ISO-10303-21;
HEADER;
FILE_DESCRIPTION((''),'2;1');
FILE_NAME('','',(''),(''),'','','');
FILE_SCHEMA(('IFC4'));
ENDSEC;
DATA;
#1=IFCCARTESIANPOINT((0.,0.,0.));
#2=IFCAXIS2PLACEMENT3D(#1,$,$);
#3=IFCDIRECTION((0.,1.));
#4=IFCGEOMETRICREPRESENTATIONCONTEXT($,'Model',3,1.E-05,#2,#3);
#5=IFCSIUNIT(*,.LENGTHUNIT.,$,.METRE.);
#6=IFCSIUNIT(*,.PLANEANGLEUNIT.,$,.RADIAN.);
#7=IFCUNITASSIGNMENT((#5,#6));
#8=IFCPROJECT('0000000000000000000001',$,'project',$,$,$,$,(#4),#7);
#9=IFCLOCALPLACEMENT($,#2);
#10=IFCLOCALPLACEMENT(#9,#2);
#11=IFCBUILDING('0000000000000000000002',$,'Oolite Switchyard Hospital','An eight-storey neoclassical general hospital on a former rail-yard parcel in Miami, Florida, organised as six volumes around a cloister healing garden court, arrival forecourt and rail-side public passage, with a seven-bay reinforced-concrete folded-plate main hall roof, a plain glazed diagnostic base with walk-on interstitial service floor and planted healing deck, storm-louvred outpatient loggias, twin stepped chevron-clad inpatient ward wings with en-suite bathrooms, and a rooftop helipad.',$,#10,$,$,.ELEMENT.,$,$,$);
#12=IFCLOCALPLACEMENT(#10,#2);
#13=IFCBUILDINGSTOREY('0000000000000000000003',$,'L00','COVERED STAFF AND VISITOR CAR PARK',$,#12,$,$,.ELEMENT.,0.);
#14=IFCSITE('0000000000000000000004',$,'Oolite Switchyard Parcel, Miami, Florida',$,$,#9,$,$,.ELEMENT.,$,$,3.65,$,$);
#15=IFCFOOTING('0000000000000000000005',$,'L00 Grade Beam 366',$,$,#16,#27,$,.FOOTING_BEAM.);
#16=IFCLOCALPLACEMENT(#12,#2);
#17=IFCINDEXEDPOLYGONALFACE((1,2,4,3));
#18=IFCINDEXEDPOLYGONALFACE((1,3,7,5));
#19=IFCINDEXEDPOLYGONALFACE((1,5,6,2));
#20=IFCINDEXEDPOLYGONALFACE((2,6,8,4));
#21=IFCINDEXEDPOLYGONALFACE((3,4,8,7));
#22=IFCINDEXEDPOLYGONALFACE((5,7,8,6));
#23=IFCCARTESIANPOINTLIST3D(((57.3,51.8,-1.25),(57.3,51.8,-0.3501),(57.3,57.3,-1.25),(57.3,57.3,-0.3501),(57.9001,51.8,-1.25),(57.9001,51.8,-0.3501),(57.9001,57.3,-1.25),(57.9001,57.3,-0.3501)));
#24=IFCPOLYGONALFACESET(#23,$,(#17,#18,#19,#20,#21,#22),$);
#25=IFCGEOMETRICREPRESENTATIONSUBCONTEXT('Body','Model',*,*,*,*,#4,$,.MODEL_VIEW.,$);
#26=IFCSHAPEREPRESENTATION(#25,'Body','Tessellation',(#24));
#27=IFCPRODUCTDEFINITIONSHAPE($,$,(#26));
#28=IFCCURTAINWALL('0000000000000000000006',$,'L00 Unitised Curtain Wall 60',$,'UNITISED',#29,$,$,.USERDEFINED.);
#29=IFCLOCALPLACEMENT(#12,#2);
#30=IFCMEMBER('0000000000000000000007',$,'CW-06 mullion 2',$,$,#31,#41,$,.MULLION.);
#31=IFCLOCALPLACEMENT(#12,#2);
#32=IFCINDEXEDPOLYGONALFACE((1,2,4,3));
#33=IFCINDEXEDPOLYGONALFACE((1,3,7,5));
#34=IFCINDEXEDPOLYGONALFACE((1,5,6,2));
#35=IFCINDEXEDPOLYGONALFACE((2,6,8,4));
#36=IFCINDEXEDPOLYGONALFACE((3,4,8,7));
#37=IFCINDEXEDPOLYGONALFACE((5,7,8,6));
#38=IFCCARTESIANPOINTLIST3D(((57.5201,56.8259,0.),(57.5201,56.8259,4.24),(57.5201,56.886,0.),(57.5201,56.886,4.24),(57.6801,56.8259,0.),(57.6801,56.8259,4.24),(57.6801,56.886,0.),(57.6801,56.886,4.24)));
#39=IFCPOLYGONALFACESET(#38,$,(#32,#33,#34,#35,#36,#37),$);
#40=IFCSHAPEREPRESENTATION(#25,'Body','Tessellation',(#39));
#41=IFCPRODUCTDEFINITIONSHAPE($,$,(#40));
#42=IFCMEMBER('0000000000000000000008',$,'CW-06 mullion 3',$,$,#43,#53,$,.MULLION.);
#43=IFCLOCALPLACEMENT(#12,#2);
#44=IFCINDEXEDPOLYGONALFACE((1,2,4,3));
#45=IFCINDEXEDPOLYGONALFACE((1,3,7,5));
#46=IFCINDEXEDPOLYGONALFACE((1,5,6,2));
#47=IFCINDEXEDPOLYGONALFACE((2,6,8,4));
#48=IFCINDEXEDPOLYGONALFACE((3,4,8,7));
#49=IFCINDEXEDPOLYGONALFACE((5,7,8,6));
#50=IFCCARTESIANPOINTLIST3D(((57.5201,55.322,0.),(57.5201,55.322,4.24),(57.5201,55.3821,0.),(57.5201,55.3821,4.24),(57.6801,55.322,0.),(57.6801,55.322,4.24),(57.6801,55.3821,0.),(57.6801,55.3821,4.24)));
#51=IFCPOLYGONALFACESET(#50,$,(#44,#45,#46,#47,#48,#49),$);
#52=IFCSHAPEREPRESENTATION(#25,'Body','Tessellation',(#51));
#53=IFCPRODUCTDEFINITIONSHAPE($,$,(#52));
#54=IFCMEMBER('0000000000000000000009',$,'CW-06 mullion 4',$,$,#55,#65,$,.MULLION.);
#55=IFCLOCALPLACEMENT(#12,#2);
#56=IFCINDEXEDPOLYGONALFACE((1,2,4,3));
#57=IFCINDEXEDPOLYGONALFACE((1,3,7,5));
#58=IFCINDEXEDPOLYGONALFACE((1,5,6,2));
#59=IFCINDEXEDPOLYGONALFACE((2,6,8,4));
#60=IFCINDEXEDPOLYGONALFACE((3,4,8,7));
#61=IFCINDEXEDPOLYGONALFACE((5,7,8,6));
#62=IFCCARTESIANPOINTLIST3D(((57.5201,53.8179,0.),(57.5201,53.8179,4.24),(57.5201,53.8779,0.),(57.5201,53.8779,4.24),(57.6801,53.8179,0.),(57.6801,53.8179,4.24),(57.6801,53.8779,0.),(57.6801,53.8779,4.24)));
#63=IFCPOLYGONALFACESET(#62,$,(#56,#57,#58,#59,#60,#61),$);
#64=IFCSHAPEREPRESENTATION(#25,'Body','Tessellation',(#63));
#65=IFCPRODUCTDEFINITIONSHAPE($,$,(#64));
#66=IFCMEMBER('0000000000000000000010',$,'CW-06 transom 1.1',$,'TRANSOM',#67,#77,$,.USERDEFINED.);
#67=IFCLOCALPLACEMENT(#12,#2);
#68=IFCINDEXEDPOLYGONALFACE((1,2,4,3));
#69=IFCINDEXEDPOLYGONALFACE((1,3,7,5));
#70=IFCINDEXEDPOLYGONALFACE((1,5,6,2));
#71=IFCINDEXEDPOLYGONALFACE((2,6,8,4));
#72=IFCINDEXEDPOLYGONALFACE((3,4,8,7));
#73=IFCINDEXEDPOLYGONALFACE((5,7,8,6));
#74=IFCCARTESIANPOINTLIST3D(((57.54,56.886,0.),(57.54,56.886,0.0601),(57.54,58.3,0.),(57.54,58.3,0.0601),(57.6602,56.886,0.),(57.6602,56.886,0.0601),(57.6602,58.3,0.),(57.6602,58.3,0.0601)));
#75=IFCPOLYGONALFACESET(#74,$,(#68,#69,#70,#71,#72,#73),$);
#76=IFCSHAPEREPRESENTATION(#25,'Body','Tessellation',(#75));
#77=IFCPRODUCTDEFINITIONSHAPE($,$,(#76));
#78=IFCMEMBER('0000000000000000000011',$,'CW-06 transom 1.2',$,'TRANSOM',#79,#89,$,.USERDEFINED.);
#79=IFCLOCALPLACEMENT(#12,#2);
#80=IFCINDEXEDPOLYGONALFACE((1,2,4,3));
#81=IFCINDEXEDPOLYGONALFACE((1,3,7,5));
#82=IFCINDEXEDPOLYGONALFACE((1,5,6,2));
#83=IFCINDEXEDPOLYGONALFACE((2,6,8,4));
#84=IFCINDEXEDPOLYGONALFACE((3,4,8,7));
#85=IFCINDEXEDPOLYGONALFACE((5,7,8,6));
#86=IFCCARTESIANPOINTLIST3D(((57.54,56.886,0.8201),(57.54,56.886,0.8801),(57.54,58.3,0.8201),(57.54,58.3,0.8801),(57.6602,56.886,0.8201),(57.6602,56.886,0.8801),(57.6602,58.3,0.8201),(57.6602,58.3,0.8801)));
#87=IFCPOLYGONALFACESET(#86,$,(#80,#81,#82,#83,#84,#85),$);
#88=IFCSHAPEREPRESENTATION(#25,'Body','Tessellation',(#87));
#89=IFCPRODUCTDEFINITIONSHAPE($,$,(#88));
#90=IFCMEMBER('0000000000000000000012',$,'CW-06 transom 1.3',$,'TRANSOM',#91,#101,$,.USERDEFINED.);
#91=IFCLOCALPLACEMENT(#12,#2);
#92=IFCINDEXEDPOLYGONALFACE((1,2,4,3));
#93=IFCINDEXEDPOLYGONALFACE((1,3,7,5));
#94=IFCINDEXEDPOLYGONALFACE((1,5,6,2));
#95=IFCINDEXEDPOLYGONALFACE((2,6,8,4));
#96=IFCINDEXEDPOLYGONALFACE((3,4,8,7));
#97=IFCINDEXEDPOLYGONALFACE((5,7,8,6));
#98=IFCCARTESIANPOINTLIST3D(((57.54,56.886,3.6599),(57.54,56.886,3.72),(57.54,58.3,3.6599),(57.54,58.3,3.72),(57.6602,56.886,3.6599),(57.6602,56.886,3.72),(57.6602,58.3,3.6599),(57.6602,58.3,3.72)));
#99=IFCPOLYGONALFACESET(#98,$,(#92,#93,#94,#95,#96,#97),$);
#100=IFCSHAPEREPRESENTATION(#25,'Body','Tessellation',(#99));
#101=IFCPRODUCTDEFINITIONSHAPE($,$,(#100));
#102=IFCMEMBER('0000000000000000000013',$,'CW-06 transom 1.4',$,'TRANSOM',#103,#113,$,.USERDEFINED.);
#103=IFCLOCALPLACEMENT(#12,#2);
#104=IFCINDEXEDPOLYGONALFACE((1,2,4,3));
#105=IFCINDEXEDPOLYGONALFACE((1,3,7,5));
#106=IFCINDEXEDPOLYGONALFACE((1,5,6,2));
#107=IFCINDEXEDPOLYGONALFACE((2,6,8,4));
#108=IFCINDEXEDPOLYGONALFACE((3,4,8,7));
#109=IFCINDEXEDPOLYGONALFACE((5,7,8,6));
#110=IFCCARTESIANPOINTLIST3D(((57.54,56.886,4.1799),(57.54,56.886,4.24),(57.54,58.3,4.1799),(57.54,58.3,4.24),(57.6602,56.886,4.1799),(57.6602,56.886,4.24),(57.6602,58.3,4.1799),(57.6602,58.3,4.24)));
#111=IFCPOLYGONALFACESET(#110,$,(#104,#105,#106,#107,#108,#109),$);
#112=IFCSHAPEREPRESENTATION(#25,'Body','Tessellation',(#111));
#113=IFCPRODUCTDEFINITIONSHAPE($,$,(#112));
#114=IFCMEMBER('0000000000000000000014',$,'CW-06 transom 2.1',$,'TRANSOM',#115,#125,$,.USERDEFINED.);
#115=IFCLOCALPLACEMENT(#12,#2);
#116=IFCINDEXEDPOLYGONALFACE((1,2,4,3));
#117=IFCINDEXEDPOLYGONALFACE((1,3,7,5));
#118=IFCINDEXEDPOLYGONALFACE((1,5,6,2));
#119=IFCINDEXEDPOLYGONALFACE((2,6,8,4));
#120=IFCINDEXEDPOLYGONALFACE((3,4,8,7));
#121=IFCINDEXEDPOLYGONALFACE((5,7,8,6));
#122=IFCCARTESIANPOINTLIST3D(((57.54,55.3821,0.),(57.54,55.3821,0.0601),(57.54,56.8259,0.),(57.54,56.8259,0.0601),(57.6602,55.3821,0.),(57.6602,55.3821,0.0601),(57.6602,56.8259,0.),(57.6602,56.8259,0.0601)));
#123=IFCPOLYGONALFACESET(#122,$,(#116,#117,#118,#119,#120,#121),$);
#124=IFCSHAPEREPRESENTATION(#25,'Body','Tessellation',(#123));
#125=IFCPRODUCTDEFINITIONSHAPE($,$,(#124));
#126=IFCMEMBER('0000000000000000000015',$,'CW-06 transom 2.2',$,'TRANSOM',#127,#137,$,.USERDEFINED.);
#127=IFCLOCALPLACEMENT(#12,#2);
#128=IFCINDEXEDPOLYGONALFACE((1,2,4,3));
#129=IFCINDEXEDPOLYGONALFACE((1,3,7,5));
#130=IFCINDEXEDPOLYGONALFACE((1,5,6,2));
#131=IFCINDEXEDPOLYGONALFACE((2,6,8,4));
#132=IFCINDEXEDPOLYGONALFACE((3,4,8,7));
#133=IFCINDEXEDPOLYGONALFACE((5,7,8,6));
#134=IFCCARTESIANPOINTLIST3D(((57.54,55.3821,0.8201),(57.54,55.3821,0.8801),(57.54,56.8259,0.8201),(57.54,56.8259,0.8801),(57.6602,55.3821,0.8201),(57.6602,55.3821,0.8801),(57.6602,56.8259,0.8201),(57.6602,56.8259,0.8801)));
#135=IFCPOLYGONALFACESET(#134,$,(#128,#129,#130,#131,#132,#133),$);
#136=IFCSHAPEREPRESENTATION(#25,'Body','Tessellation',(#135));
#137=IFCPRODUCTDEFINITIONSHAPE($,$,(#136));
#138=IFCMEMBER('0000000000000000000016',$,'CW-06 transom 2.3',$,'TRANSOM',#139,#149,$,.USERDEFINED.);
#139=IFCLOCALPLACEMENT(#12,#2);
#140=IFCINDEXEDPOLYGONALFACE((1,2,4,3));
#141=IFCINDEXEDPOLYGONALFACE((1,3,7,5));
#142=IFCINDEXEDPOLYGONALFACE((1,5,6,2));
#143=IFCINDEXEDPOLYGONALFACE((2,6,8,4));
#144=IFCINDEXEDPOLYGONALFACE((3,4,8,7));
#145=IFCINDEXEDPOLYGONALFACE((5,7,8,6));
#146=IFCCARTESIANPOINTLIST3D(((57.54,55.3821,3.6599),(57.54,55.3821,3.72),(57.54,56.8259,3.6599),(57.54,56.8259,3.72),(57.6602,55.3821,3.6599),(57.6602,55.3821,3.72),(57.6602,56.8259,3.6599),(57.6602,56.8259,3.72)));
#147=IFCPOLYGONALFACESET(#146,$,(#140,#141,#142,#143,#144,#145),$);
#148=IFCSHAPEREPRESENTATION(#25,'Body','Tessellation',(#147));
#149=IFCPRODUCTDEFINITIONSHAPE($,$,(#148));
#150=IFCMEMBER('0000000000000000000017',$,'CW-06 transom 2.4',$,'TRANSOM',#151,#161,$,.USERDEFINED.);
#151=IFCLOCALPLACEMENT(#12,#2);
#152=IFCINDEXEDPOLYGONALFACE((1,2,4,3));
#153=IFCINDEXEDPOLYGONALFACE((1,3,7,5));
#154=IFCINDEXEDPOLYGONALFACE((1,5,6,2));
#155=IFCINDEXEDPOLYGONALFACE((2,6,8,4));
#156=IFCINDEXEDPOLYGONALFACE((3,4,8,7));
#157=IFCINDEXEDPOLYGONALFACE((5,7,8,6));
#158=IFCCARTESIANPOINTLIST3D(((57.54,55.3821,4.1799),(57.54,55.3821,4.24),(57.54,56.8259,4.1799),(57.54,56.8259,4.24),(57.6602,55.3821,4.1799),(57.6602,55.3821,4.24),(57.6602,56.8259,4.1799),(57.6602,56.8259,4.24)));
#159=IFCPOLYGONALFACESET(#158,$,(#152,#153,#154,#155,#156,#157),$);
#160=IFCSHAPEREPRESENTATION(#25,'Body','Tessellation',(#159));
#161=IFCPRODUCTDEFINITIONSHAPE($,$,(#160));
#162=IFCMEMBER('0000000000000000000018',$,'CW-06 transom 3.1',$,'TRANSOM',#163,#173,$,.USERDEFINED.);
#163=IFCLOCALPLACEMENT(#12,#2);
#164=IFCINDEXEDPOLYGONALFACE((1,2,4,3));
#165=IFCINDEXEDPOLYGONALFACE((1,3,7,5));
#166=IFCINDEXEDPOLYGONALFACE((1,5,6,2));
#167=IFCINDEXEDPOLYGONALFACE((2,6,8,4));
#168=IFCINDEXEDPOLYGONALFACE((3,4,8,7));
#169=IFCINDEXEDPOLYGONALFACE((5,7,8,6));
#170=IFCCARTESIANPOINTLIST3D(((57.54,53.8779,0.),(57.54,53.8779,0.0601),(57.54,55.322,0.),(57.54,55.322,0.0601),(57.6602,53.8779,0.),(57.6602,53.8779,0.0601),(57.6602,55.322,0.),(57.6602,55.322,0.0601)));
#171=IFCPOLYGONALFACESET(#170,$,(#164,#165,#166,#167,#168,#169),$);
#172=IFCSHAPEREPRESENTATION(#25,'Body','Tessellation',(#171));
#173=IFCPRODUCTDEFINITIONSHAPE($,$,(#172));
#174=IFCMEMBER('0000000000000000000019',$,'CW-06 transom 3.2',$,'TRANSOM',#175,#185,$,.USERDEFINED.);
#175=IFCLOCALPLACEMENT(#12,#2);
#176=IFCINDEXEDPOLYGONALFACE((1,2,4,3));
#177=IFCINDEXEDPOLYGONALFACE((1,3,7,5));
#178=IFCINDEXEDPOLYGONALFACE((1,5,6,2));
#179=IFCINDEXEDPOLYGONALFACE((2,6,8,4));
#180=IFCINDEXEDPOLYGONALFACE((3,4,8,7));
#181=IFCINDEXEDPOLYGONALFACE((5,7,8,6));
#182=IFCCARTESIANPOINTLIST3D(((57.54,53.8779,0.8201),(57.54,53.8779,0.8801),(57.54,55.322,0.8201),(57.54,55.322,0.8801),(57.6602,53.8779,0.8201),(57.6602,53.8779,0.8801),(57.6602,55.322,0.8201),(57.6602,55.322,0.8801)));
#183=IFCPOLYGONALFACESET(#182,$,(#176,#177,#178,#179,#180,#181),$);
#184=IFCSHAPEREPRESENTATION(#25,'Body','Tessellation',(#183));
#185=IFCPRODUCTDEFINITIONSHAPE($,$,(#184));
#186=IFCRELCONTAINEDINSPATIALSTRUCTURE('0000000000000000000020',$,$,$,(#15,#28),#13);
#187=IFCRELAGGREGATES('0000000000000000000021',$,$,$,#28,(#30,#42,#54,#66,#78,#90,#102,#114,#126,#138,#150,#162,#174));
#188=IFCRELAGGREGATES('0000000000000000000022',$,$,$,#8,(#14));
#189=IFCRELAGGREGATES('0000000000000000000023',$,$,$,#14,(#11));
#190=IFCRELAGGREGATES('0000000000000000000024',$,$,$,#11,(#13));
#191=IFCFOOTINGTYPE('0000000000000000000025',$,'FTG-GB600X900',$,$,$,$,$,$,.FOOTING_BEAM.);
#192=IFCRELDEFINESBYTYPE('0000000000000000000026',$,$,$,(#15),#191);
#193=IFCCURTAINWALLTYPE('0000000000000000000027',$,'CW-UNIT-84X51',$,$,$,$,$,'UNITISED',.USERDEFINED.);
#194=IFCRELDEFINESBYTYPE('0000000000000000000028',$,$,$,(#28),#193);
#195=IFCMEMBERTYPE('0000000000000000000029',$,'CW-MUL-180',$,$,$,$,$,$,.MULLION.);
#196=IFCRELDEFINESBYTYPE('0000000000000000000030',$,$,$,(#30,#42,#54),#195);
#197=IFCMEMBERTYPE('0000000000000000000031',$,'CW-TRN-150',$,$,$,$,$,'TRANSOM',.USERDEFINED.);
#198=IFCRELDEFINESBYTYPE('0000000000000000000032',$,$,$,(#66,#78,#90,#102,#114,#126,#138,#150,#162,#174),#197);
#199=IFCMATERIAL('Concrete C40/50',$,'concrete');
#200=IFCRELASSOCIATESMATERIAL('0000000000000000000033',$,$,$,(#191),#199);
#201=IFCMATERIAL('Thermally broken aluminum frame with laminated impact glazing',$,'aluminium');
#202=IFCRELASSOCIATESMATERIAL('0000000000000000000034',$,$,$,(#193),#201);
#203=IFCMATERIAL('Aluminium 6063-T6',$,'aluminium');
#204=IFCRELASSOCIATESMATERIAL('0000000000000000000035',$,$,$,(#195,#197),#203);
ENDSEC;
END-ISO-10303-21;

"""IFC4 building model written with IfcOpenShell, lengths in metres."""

from ifc_helpers import new_model, si_unit, direction, frame, origin, origin_2d, place, context, subcontext, project, spatial, rectangle, extrude, material, material_profile, profile_set, type_object, element, aggregate, save


model = new_model("IFC4")

# Units and contexts
model_context = context("Model", 3, precision=1e-05, world=origin(), true_north=direction((0.0, 1.0)))
body_context = subcontext(model_context, "Body", "Model", "MODEL_VIEW")
ifc_project = project(units=[si_unit("LENGTHUNIT", "METRE"), si_unit("PLANEANGLEUNIT", "RADIAN")], contexts=[model_context])

# Site, building, storey
site_placement = place(None, origin())
site = spatial("IfcSite", under=ifc_project, at=site_placement, Name="Oolite Switchyard Parcel, Miami, Florida", CompositionType="ELEMENT", RefElevation=3.65)
building_placement = place(site_placement, origin())
building = spatial("IfcBuilding", under=site, at=building_placement, Name="Oolite Switchyard Hospital", Description="An eight-storey neoclassical general hospital on a former rail-yard parcel in Miami, Florida, organised as six volumes around a cloister healing garden court, arrival forecourt and rail-side public passage, with a seven-bay reinforced-concrete folded-plate main hall roof, a plain glazed diagnostic base with walk-on interstitial service floor and planted healing deck, storm-louvred outpatient loggias, twin stepped chevron-clad inpatient ward wings with en-suite bathrooms, and a rooftop helipad.", CompositionType="ELEMENT")
storey_placement = place(building_placement, origin())
storey = spatial("IfcBuildingStorey", under=building, at=storey_placement, Name="L00", Description="COVERED STAFF AND VISITOR CAR PARK", CompositionType="ELEMENT", Elevation=0.0)

# Footing
ifc_material_1 = material(Name="Concrete C40/50", Category="concrete")
footing_type = type_object("IfcFootingType", Name="FTG-GB600X900", PredefinedType="FOOTING_BEAM", material=ifc_material_1)
footing_placement = place(storey_placement, frame((57.6001, 54.55, -1.25), z_axis=(0.0, 0.0, 1.0), x_axis=(0.0, 1.0, 0.0)))
element("IfcFooting", 1, at=footing_placement, inside=storey, type_object=footing_type, Name="L00 Grade Beam 366", PredefinedType="FOOTING_BEAM", context=body_context, shape_type="SweptSolid", body=[
    extrude(rectangle(XDim=5.5, YDim=0.6001, at=origin_2d()), origin(), (0.0, 0.0, 1.0), 0.8999),
])

# Curtain wall, members
ifc_material_2 = material(Name="Thermally broken aluminum frame with laminated impact glazing", Category="aluminium")
curtain_wall_type = type_object("IfcCurtainWallType", Name="CW-UNIT-84X51", ElementType="UNITISED", PredefinedType="USERDEFINED", material=ifc_material_2)
curtain_wall_placement = place(storey_placement, origin())
curtain_wall = element("IfcCurtainWall", 2, at=curtain_wall_placement, inside=storey, type_object=curtain_wall_type, Name="L00 Unitised Curtain Wall 60", ObjectType="UNITISED", PredefinedType="USERDEFINED")
ifc_material_3 = material(Name="Aluminium 6063-T6", Category="aluminium")
ifc_material_profile_1 = material_profile(ifc_material_3, rectangle(XDim=0.1599, YDim=0.0601, at=origin_2d()), Name="CWM60X160")
ifc_profile_set_1 = profile_set([ifc_material_profile_1], Name="Aluminium 6063-T6")
member_type_1 = type_object("IfcMemberType", Name="CW-MUL-180", PredefinedType="MULLION", material=ifc_profile_set_1)
member_1_placement = place(storey_placement, frame((57.6001, 56.856, 0.0), z_axis=(0.0, 0.0, 1.0), x_axis=(1.0, 0.0, 0.0)))
member_1 = element("IfcMember", 3, at=member_1_placement, type_object=member_type_1, Name="CW-06 mullion 2", PredefinedType="MULLION", context=body_context, shape_type="SweptSolid", body=[
    extrude(rectangle(XDim=0.1599, YDim=0.0601, at=origin_2d()), origin(), (0.0, 0.0, 1.0), 4.24),
])
member_2_placement = place(storey_placement, frame((57.6001, 55.3521, 0.0), z_axis=(0.0, 0.0, 1.0), x_axis=(1.0, 0.0, 0.0)))
member_2 = element("IfcMember", 4, at=member_2_placement, type_object=member_type_1, Name="CW-06 mullion 3", PredefinedType="MULLION", context=body_context, shape_type="SweptSolid", body=[
    extrude(rectangle(XDim=0.1599, YDim=0.0601, at=origin_2d()), origin(), (0.0, 0.0, 1.0), 4.24),
])
member_3_placement = place(storey_placement, frame((57.6001, 53.8479, 0.0), z_axis=(0.0, 0.0, 1.0), x_axis=(1.0, 0.0, 0.0)))
member_3 = element("IfcMember", 5, at=member_3_placement, type_object=member_type_1, Name="CW-06 mullion 4", PredefinedType="MULLION", context=body_context, shape_type="SweptSolid", body=[
    extrude(rectangle(XDim=0.1599, YDim=0.0601, at=origin_2d()), origin(), (0.0, 0.0, 1.0), 4.24),
])
ifc_material_profile_2 = material_profile(ifc_material_3, rectangle(XDim=0.1201, YDim=0.0601, at=origin_2d()), Name="CWT60X120")
ifc_profile_set_2 = profile_set([ifc_material_profile_2], Name="Aluminium 6063-T6")
member_type_2 = type_object("IfcMemberType", Name="CW-TRN-150", ElementType="TRANSOM", PredefinedType="USERDEFINED", material=ifc_profile_set_2)
member_4_placement = place(storey_placement, frame((57.6001, 58.3, 0.03), z_axis=(0.0, -1.0, 0.0), x_axis=(1.0, 0.0, 0.0)))
member_4 = element("IfcMember", 6, at=member_4_placement, type_object=member_type_2, Name="CW-06 transom 1.1", ObjectType="TRANSOM", PredefinedType="USERDEFINED", context=body_context, shape_type="SweptSolid", body=[
    extrude(rectangle(XDim=0.1201, YDim=0.0601, at=origin_2d()), origin(), (0.0, 0.0, 1.0), 1.4141),
])
member_5_placement = place(storey_placement, frame((57.6001, 58.3, 0.8501), z_axis=(0.0, -1.0, 0.0), x_axis=(1.0, 0.0, 0.0)))
member_5 = element("IfcMember", 7, at=member_5_placement, type_object=member_type_2, Name="CW-06 transom 1.2", ObjectType="TRANSOM", PredefinedType="USERDEFINED", context=body_context, shape_type="SweptSolid", body=[
    extrude(rectangle(XDim=0.1201, YDim=0.0601, at=origin_2d()), origin(), (0.0, 0.0, 1.0), 1.4141),
])
member_6_placement = place(storey_placement, frame((57.6001, 58.3, 3.6899), z_axis=(0.0, -1.0, 0.0), x_axis=(1.0, 0.0, 0.0)))
member_6 = element("IfcMember", 8, at=member_6_placement, type_object=member_type_2, Name="CW-06 transom 1.3", ObjectType="TRANSOM", PredefinedType="USERDEFINED", context=body_context, shape_type="SweptSolid", body=[
    extrude(rectangle(XDim=0.1201, YDim=0.0601, at=origin_2d()), origin(), (0.0, 0.0, 1.0), 1.4141),
])
member_7_placement = place(storey_placement, frame((57.6001, 58.3, 4.21), z_axis=(0.0, -1.0, 0.0), x_axis=(1.0, 0.0, 0.0)))
member_7 = element("IfcMember", 9, at=member_7_placement, type_object=member_type_2, Name="CW-06 transom 1.4", ObjectType="TRANSOM", PredefinedType="USERDEFINED", context=body_context, shape_type="SweptSolid", body=[
    extrude(rectangle(XDim=0.1201, YDim=0.0601, at=origin_2d()), origin(), (0.0, 0.0, 1.0), 1.4141),
])
member_8_placement = place(storey_placement, frame((57.6001, 56.8259, 0.03), z_axis=(0.0, -1.0, 0.0), x_axis=(1.0, 0.0, 0.0)))
member_8 = element("IfcMember", 10, at=member_8_placement, type_object=member_type_2, Name="CW-06 transom 2.1", ObjectType="TRANSOM", PredefinedType="USERDEFINED", context=body_context, shape_type="SweptSolid", body=[
    extrude(rectangle(XDim=0.1201, YDim=0.0601, at=origin_2d()), origin(), (0.0, 0.0, 1.0), 1.4438),
])
member_9_placement = place(storey_placement, frame((57.6001, 56.8259, 0.8501), z_axis=(0.0, -1.0, 0.0), x_axis=(1.0, 0.0, 0.0)))
member_9 = element("IfcMember", 11, at=member_9_placement, type_object=member_type_2, Name="CW-06 transom 2.2", ObjectType="TRANSOM", PredefinedType="USERDEFINED", context=body_context, shape_type="SweptSolid", body=[
    extrude(rectangle(XDim=0.1201, YDim=0.0601, at=origin_2d()), origin(), (0.0, 0.0, 1.0), 1.4438),
])
member_10_placement = place(storey_placement, frame((57.6001, 56.8259, 3.6899), z_axis=(0.0, -1.0, 0.0), x_axis=(1.0, 0.0, 0.0)))
member_10 = element("IfcMember", 12, at=member_10_placement, type_object=member_type_2, Name="CW-06 transom 2.3", ObjectType="TRANSOM", PredefinedType="USERDEFINED", context=body_context, shape_type="SweptSolid", body=[
    extrude(rectangle(XDim=0.1201, YDim=0.0601, at=origin_2d()), origin(), (0.0, 0.0, 1.0), 1.4438),
])
member_11_placement = place(storey_placement, frame((57.6001, 56.8259, 4.21), z_axis=(0.0, -1.0, 0.0), x_axis=(1.0, 0.0, 0.0)))
member_11 = element("IfcMember", 13, at=member_11_placement, type_object=member_type_2, Name="CW-06 transom 2.4", ObjectType="TRANSOM", PredefinedType="USERDEFINED", context=body_context, shape_type="SweptSolid", body=[
    extrude(rectangle(XDim=0.1201, YDim=0.0601, at=origin_2d()), origin(), (0.0, 0.0, 1.0), 1.4438),
])
member_12_placement = place(storey_placement, frame((57.6001, 55.322, 0.03), z_axis=(0.0, -1.0, 0.0), x_axis=(1.0, 0.0, 0.0)))
member_12 = element("IfcMember", 14, at=member_12_placement, type_object=member_type_2, Name="CW-06 transom 3.1", ObjectType="TRANSOM", PredefinedType="USERDEFINED", context=body_context, shape_type="SweptSolid", body=[
    extrude(rectangle(XDim=0.1201, YDim=0.0601, at=origin_2d()), origin(), (0.0, 0.0, 1.0), 1.4441),
])
member_13_placement = place(storey_placement, frame((57.6001, 55.322, 0.8501), z_axis=(0.0, -1.0, 0.0), x_axis=(1.0, 0.0, 0.0)))
member_13 = element("IfcMember", 15, at=member_13_placement, type_object=member_type_2, Name="CW-06 transom 3.2", ObjectType="TRANSOM", PredefinedType="USERDEFINED", context=body_context, shape_type="SweptSolid", body=[
    extrude(rectangle(XDim=0.1201, YDim=0.0601, at=origin_2d()), origin(), (0.0, 0.0, 1.0), 1.4441),
])
aggregate(curtain_wall, [member_1, member_2, member_3, member_4, member_5, member_6, member_7, member_8, member_9, member_10, member_11, member_12, member_13])

save(model, "model.ifc")
